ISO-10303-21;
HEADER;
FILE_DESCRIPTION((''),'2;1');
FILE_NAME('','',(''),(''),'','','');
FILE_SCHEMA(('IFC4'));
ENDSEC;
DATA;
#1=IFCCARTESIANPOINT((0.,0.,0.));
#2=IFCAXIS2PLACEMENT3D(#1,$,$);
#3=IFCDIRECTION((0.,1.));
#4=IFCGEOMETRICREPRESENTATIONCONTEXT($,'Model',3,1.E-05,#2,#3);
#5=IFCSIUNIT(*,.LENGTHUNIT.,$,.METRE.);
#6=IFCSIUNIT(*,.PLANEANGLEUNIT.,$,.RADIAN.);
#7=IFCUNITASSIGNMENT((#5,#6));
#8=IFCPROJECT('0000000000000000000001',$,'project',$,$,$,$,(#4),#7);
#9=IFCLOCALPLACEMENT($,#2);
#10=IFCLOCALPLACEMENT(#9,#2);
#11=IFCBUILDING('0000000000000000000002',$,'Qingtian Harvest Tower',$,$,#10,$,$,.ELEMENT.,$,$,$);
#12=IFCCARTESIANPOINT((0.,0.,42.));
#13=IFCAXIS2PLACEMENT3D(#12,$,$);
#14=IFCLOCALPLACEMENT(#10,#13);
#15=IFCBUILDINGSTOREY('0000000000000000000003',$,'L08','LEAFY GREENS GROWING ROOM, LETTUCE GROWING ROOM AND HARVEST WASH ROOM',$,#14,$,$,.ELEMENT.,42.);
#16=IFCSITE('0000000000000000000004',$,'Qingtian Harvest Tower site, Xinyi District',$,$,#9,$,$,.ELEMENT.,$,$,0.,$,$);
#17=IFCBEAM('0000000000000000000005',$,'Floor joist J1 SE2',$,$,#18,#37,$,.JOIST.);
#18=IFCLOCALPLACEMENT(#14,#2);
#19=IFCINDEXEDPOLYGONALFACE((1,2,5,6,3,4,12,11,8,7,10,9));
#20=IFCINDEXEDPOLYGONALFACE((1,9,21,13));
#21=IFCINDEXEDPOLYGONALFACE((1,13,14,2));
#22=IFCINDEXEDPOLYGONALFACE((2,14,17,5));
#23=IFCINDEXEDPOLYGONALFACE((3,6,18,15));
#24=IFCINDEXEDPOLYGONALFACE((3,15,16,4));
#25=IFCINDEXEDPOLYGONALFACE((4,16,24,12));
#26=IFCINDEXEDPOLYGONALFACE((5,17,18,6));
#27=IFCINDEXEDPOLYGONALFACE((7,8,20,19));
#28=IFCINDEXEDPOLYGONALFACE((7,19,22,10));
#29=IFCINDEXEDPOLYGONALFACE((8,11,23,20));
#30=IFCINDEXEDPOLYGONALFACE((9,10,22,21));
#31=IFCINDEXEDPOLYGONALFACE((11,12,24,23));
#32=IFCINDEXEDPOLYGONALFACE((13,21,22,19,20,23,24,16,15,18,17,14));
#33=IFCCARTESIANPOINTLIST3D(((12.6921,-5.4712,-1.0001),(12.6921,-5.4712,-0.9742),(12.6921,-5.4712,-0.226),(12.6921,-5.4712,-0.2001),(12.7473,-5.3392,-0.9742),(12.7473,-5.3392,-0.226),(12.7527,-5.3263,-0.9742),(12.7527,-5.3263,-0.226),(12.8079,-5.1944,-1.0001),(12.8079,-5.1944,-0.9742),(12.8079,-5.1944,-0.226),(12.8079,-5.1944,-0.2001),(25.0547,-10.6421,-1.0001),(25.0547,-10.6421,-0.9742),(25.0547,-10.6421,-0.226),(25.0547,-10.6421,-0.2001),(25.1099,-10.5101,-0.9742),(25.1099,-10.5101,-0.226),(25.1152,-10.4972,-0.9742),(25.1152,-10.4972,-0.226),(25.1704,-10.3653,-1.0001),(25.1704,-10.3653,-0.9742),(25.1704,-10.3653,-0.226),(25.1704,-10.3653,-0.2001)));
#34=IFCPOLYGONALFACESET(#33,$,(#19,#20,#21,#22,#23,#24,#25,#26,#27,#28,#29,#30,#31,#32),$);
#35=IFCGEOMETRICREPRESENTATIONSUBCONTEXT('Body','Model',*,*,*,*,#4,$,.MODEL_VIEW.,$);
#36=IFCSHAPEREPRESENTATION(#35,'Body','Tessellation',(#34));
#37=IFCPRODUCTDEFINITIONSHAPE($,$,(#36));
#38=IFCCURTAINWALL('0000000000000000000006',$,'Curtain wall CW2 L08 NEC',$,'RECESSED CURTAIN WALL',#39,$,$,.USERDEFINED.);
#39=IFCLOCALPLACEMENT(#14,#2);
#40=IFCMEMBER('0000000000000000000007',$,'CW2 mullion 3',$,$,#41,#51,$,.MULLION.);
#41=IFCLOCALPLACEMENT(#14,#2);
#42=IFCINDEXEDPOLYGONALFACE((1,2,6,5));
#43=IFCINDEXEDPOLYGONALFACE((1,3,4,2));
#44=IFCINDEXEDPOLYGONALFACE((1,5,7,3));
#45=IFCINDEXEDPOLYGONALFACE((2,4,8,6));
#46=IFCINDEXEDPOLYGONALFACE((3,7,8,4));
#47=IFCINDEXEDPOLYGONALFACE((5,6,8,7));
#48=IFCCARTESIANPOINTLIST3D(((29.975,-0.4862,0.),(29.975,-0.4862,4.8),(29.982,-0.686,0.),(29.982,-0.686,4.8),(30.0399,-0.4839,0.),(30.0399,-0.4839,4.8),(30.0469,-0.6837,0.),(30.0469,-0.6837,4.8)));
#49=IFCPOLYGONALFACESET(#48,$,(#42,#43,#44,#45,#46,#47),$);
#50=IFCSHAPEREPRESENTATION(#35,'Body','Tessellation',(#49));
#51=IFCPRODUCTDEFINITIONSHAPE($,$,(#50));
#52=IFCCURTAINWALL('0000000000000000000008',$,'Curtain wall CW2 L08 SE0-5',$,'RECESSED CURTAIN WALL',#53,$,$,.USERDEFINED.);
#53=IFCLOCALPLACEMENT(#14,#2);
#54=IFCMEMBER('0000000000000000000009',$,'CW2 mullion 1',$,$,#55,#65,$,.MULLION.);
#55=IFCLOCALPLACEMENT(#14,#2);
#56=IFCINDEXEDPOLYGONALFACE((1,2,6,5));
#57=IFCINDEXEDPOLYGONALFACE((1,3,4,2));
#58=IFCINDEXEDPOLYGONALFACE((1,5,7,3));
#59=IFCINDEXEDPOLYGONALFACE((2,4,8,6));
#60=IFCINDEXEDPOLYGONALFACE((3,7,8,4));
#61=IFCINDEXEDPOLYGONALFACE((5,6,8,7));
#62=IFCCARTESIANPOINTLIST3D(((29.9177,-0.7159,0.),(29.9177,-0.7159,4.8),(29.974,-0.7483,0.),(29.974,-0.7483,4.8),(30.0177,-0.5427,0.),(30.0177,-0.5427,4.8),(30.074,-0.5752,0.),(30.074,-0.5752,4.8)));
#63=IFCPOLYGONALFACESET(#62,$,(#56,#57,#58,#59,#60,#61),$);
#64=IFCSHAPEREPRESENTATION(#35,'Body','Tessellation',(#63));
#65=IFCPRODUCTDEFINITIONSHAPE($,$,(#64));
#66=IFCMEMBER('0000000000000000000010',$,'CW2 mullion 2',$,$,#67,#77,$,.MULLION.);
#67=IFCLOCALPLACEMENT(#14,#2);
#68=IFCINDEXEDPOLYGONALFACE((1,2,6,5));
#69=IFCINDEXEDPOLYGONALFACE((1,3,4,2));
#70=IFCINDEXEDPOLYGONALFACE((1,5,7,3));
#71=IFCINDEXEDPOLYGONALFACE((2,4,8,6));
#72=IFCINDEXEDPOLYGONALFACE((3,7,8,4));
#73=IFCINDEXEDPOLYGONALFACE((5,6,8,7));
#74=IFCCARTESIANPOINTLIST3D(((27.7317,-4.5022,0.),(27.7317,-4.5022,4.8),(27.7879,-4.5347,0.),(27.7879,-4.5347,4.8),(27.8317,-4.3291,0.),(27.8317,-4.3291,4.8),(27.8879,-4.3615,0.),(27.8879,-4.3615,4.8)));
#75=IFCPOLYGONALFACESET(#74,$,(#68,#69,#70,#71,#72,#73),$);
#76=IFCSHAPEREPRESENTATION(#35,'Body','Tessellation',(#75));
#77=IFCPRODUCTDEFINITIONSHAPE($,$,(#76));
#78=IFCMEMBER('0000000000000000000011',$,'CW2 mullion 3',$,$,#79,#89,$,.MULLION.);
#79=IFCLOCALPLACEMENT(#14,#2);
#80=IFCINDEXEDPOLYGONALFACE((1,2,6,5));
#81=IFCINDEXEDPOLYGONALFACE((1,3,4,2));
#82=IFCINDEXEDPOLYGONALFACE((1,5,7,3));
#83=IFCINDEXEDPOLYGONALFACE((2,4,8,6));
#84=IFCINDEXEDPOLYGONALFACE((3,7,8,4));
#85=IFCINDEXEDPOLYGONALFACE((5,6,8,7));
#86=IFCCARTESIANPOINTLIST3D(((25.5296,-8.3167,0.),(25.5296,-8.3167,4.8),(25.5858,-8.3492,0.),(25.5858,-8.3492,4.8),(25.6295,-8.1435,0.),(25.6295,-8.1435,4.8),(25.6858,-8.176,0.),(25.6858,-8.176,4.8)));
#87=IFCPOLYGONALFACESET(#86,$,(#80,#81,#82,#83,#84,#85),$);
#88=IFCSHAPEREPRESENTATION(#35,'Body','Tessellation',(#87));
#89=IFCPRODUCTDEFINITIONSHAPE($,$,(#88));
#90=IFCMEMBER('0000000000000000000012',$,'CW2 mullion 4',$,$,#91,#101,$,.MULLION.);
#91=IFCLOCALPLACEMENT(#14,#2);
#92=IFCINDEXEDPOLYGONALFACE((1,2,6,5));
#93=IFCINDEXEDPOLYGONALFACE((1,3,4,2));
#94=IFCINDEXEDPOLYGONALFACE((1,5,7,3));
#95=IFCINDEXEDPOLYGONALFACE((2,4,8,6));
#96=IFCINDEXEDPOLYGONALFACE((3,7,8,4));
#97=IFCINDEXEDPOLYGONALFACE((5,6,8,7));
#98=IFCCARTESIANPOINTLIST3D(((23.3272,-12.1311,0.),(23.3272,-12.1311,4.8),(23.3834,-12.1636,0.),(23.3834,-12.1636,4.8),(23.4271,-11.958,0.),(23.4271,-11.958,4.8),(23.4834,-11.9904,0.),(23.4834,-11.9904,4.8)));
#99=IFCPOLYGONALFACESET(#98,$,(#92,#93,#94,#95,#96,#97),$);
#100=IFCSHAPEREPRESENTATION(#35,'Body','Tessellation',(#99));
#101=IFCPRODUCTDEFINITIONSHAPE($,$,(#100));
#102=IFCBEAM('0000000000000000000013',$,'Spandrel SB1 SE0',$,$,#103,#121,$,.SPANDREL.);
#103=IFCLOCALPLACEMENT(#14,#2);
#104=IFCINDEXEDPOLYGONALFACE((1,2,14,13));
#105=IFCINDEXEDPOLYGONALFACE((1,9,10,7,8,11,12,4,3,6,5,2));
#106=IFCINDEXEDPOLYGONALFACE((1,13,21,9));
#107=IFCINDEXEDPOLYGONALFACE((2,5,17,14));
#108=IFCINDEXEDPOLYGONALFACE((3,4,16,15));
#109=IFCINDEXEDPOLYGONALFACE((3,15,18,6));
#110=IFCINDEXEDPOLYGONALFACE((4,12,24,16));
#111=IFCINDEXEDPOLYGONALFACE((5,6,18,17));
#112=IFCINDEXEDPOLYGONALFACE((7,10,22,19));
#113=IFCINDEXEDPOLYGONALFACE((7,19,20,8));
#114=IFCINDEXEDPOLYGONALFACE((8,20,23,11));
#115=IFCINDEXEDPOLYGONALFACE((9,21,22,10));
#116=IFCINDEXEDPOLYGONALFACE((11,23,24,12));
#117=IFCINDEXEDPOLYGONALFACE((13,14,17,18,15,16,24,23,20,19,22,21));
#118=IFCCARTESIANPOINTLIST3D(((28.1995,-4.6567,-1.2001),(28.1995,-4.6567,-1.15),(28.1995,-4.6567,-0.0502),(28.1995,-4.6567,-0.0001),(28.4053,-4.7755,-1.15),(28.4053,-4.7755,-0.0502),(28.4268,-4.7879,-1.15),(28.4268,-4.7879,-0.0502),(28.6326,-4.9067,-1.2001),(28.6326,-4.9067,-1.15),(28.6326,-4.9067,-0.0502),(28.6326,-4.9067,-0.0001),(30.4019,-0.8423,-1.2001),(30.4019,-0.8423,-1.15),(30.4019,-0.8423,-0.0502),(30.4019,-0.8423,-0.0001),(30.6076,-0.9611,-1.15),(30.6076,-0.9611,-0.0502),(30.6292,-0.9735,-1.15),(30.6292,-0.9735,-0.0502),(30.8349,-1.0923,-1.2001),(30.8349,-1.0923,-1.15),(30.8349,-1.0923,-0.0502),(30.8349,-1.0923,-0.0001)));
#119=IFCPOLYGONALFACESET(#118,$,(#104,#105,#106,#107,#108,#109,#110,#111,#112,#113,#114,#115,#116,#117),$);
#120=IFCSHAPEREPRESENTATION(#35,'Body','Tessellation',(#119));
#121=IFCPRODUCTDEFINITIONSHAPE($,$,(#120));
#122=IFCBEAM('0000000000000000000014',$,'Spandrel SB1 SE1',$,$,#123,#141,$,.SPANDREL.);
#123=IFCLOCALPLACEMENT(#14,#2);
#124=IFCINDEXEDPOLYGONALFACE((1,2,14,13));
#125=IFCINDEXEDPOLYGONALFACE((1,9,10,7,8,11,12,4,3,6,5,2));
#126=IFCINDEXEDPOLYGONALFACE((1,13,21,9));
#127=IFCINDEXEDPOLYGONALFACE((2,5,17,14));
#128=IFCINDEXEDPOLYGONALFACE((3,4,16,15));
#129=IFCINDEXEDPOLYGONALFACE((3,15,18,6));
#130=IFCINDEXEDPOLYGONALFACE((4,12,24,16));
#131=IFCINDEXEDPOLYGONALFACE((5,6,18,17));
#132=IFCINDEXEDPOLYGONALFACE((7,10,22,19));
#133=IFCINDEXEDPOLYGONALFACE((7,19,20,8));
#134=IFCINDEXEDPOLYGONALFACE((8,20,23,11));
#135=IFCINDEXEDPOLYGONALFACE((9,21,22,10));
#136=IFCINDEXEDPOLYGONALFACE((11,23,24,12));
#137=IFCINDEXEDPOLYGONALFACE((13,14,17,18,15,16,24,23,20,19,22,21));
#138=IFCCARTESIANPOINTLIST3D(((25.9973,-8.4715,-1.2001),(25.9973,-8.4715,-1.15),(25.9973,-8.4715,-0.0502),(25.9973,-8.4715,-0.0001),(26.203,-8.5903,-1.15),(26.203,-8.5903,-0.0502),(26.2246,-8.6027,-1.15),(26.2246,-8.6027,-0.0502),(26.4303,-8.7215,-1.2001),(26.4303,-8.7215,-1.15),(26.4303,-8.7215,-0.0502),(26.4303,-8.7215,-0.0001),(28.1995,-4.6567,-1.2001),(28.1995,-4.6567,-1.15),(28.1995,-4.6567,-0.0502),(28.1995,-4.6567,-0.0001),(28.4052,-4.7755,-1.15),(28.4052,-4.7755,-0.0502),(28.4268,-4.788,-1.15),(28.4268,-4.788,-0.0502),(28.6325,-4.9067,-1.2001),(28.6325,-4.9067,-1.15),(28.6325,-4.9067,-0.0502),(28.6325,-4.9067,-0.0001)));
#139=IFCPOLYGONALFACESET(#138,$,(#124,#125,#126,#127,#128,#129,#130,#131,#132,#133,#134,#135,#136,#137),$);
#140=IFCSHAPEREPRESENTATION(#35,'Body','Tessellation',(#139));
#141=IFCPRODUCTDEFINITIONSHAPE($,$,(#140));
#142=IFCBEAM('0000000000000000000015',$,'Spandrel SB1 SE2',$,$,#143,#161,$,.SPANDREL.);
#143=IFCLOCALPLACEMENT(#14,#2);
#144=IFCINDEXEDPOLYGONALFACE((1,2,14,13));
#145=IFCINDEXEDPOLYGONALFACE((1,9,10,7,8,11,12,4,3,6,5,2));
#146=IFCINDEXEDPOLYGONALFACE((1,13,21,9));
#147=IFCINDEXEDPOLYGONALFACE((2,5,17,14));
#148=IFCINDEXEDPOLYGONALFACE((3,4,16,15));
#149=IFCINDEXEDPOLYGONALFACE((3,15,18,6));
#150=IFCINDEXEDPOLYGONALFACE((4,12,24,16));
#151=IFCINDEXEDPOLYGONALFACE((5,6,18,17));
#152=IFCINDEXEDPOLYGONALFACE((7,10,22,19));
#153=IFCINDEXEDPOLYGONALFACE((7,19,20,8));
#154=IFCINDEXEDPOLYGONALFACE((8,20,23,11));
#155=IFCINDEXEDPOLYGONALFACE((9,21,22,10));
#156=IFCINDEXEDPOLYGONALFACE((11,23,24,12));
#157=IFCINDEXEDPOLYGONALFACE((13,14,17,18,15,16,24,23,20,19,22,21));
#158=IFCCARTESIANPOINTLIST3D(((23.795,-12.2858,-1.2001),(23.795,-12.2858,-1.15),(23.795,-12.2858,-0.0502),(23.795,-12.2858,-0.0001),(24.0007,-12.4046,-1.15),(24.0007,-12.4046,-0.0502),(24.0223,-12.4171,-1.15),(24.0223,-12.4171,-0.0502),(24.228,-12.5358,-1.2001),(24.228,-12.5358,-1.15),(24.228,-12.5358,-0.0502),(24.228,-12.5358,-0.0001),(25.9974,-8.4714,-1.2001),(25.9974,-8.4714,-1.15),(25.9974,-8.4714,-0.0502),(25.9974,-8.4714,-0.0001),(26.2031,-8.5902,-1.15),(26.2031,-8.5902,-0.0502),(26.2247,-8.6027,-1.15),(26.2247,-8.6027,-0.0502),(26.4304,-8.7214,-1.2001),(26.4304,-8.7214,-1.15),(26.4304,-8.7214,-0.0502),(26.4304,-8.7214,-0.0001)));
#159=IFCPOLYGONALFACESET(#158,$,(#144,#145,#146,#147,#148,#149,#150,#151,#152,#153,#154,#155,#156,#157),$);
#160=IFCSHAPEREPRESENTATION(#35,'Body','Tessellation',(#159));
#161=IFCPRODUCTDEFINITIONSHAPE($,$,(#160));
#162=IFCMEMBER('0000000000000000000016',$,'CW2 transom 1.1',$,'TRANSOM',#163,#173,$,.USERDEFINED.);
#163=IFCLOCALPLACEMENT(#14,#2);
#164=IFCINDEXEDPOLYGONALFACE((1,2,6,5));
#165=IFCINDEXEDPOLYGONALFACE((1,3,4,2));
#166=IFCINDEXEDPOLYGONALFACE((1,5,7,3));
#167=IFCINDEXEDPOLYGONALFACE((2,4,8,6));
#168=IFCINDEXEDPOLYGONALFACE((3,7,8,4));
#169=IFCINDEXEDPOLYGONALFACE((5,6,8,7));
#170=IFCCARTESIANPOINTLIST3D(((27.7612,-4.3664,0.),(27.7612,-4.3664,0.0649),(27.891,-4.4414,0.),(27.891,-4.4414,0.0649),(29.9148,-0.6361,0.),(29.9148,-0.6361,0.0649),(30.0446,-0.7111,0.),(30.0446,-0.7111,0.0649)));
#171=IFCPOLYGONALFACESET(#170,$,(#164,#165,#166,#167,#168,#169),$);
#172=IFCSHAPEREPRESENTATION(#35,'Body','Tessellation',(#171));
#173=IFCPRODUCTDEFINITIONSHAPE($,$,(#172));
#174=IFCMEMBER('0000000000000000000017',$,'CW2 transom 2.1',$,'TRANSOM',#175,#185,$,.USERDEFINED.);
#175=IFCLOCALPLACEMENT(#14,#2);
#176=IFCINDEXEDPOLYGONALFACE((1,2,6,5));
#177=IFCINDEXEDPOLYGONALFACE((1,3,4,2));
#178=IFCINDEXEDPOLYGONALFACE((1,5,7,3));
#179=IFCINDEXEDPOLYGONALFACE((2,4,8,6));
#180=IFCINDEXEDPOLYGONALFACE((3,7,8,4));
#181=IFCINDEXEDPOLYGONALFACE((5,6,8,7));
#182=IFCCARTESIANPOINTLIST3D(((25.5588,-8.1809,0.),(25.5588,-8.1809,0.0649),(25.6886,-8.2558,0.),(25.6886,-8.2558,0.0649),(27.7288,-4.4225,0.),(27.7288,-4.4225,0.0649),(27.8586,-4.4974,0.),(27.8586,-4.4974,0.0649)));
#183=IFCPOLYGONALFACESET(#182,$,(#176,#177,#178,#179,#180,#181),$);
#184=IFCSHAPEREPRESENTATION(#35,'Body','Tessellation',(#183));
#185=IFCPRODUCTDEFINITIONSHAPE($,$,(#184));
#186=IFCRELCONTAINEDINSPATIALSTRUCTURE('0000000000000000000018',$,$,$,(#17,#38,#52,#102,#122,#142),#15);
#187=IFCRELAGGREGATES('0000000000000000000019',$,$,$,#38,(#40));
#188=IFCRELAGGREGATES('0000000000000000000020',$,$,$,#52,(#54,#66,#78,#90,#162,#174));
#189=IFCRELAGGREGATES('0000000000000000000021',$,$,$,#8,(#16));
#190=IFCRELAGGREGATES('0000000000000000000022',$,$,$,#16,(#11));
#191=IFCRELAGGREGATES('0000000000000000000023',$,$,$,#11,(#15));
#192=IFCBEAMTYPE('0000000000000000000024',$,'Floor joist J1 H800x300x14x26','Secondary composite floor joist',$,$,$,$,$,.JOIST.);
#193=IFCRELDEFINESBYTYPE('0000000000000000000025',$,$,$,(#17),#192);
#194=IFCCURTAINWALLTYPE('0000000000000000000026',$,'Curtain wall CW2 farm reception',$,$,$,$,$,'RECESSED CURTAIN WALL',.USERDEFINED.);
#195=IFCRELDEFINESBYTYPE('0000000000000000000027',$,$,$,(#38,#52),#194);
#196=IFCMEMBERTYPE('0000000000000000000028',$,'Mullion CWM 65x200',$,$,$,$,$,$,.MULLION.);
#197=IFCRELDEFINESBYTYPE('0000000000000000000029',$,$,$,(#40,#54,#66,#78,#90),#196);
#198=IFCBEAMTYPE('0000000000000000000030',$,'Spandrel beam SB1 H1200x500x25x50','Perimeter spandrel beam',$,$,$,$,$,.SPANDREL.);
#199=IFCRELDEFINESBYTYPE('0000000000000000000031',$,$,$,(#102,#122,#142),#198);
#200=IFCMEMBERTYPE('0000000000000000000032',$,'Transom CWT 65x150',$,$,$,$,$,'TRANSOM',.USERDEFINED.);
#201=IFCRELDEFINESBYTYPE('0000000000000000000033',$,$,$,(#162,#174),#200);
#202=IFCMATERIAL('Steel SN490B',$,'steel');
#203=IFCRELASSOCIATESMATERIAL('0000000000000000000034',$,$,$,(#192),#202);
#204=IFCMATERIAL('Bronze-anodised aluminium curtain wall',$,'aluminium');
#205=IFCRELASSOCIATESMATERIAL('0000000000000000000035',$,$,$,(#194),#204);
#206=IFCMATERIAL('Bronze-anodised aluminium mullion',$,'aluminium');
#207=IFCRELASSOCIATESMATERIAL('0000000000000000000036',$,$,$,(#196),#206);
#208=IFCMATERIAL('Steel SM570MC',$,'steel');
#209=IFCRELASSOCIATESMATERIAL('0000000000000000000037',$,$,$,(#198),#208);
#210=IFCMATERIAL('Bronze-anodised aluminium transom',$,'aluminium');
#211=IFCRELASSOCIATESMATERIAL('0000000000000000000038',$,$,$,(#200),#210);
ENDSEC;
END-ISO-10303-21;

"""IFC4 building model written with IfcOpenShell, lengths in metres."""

from ifc_helpers import new_model, si_unit, direction, frame, origin, origin_2d, place, context, subcontext, project, spatial, rectangle, i_section, extrude, material, material_profile, profile_set, type_object, element, aggregate, save


model = new_model("IFC4")

# Units and contexts
model_context = context("Model", 3, precision=1e-05, world=origin(), true_north=direction((0.0, 1.0)))
body_context = subcontext(model_context, "Body", "Model", "MODEL_VIEW")
ifc_project = project(units=[si_unit("LENGTHUNIT", "METRE"), si_unit("PLANEANGLEUNIT", "RADIAN")], contexts=[model_context])

# Site, building, storey
site_placement = place(None, origin())
site = spatial("IfcSite", under=ifc_project, at=site_placement, Name="Qingtian Harvest Tower site, Xinyi District", CompositionType="ELEMENT", RefElevation=0.0)
building_placement = place(site_placement, origin())
building = spatial("IfcBuilding", under=site, at=building_placement, Name="Qingtian Harvest Tower", CompositionType="ELEMENT")
storey_placement = place(building_placement, frame((0.0, 0.0, 42.0)))
storey = spatial("IfcBuildingStorey", under=building, at=storey_placement, Name="L08", Description="LEAFY GREENS GROWING ROOM, LETTUCE GROWING ROOM AND HARVEST WASH ROOM", CompositionType="ELEMENT", Elevation=42.0)

# Beam
ifc_material_1 = material(Name="Steel SN490B", Category="steel")
ifc_material_profile_1 = material_profile(ifc_material_1, i_section(OverallWidth=0.3, OverallDepth=0.8, WebThickness=0.0139, FlangeThickness=0.0259, at=origin_2d()), Name="H800x300x14x26")
ifc_profile_set_1 = profile_set([ifc_material_profile_1], Name="Steel SN490B")
beam_type_1 = type_object("IfcBeamType", Name="Floor joist J1 H800x300x14x26", Description="Secondary composite floor joist", PredefinedType="JOIST", material=ifc_profile_set_1)
beam_1_placement = place(storey_placement, frame((25.1125, -10.5037, -0.6001), z_axis=(-0.922551, 0.385876, 0.0), x_axis=(-0.385876, -0.922551, 0.0)))
element("IfcBeam", 1, at=beam_1_placement, inside=storey, type_object=beam_type_1, Name="Floor joist J1 SE2", PredefinedType="JOIST", context=body_context, shape_type="SweptSolid", body=[
    extrude(i_section(OverallWidth=0.3, OverallDepth=0.8, WebThickness=0.0139, FlangeThickness=0.0259, at=origin_2d()), origin(), (0.0, 0.0, 1.0), 13.4004),
])

# Curtain wall, member
ifc_material_2 = material(Name="Bronze-anodised aluminium curtain wall", Category="aluminium")
curtain_wall_type = type_object("IfcCurtainWallType", Name="Curtain wall CW2 farm reception", ElementType="RECESSED CURTAIN WALL", PredefinedType="USERDEFINED", material=ifc_material_2)
curtain_wall_1_placement = place(storey_placement, origin())
curtain_wall_1 = element("IfcCurtainWall", 2, at=curtain_wall_1_placement, inside=storey, type_object=curtain_wall_type, Name="Curtain wall CW2 L08 NEC", ObjectType="RECESSED CURTAIN WALL", PredefinedType="USERDEFINED")
ifc_material_3 = material(Name="Bronze-anodised aluminium mullion", Category="aluminium")
ifc_material_profile_2 = material_profile(ifc_material_3, rectangle(XDim=0.0649, YDim=0.2, at=origin_2d()), Name="AL 65x200")
ifc_profile_set_2 = profile_set([ifc_material_profile_2], Name="Bronze-anodised aluminium mullion")
member_type_1 = type_object("IfcMemberType", Name="Mullion CWM 65x200", PredefinedType="MULLION", material=ifc_profile_set_2)
member_1_placement = place(storey_placement, frame((30.011, -0.585, 0.0), z_axis=(0.0, 0.0, 1.0), x_axis=(0.999391, 0.034899, 0.0)))
member_1 = element("IfcMember", 3, at=member_1_placement, type_object=member_type_1, Name="CW2 mullion 3", PredefinedType="MULLION", context=body_context, shape_type="SweptSolid", body=[
    extrude(rectangle(XDim=0.0649, YDim=0.2, at=origin_2d()), origin(), (0.0, 0.0, 1.0), 4.8),
])
aggregate(curtain_wall_1, [member_1])

# Curtain wall, members
curtain_wall_2_placement = place(storey_placement, origin())
curtain_wall_2 = element("IfcCurtainWall", 4, at=curtain_wall_2_placement, inside=storey, type_object=curtain_wall_type, Name="Curtain wall CW2 L08 SE0-5", ObjectType="RECESSED CURTAIN WALL", PredefinedType="USERDEFINED")
member_2_placement = place(storey_placement, frame((29.9958, -0.6455, 0.0), z_axis=(0.0, 0.0, 1.0), x_axis=(0.866025, -0.5, 0.0)))
member_2 = element("IfcMember", 5, at=member_2_placement, type_object=member_type_1, Name="CW2 mullion 1", PredefinedType="MULLION", context=body_context, shape_type="SweptSolid", body=[
    extrude(rectangle(XDim=0.0649, YDim=0.2, at=origin_2d()), origin(), (0.0, 0.0, 1.0), 4.8),
])
member_3_placement = place(storey_placement, frame((27.8098, -4.4319, 0.0), z_axis=(0.0, 0.0, 1.0), x_axis=(0.866025, -0.5, 0.0)))
member_3 = element("IfcMember", 6, at=member_3_placement, type_object=member_type_1, Name="CW2 mullion 2", PredefinedType="MULLION", context=body_context, shape_type="SweptSolid", body=[
    extrude(rectangle(XDim=0.0649, YDim=0.2, at=origin_2d()), origin(), (0.0, 0.0, 1.0), 4.8),
])
member_4_placement = place(storey_placement, frame((25.6077, -8.2463, 0.0), z_axis=(0.0, 0.0, 1.0), x_axis=(0.866025, -0.5, 0.0)))
member_4 = element("IfcMember", 7, at=member_4_placement, type_object=member_type_1, Name="CW2 mullion 3", PredefinedType="MULLION", context=body_context, shape_type="SweptSolid", body=[
    extrude(rectangle(XDim=0.0649, YDim=0.2, at=origin_2d()), origin(), (0.0, 0.0, 1.0), 4.8),
])
member_5_placement = place(storey_placement, frame((23.4053, -12.0608, 0.0), z_axis=(0.0, 0.0, 1.0), x_axis=(0.866025, -0.5, 0.0)))
member_5 = element("IfcMember", 8, at=member_5_placement, type_object=member_type_1, Name="CW2 mullion 4", PredefinedType="MULLION", context=body_context, shape_type="SweptSolid", body=[
    extrude(rectangle(XDim=0.0649, YDim=0.2, at=origin_2d()), origin(), (0.0, 0.0, 1.0), 4.8),
])

# Beams
ifc_material_4 = material(Name="Steel SM570MC", Category="steel")
ifc_material_profile_3 = material_profile(ifc_material_4, i_section(OverallWidth=0.5, OverallDepth=1.2, WebThickness=0.0249, FlangeThickness=0.05, at=origin_2d()), Name="H1200x500x25x50")
ifc_profile_set_3 = profile_set([ifc_material_profile_3], Name="Steel SM570MC")
beam_type_2 = type_object("IfcBeamType", Name="Spandrel beam SB1 H1200x500x25x50", Description="Perimeter spandrel beam", PredefinedType="SPANDREL", material=ifc_profile_set_3)
beam_2_placement = place(storey_placement, frame((30.6184, -0.9673, -0.6001), z_axis=(-0.50002, -0.866014, 0.0), x_axis=(0.866014, -0.50002, 0.0)))
element("IfcBeam", 9, at=beam_2_placement, inside=storey, type_object=beam_type_2, Name="Spandrel SB1 SE0", PredefinedType="SPANDREL", context=body_context, shape_type="SweptSolid", body=[
    extrude(i_section(OverallWidth=0.5, OverallDepth=1.2, WebThickness=0.0249, FlangeThickness=0.05, at=origin_2d()), origin(), (0.0, 0.0, 1.0), 4.4045),
])
beam_3_placement = place(storey_placement, frame((28.416, -4.7817, -0.6001), z_axis=(-0.499954, -0.866052, 0.0), x_axis=(0.866052, -0.499954, 0.0)))
element("IfcBeam", 10, at=beam_3_placement, inside=storey, type_object=beam_type_2, Name="Spandrel SB1 SE1", PredefinedType="SPANDREL", context=body_context, shape_type="SweptSolid", body=[
    extrude(i_section(OverallWidth=0.5, OverallDepth=1.2, WebThickness=0.0249, FlangeThickness=0.05, at=origin_2d()), origin(), (0.0, 0.0, 1.0), 4.4048),
])
beam_4_placement = place(storey_placement, frame((26.2139, -8.5964, -0.6001), z_axis=(-0.50002, -0.866014, 0.0), x_axis=(0.866014, -0.50002, 0.0)))
element("IfcBeam", 11, at=beam_4_placement, inside=storey, type_object=beam_type_2, Name="Spandrel SB1 SE2", PredefinedType="SPANDREL", context=body_context, shape_type="SweptSolid", body=[
    extrude(i_section(OverallWidth=0.5, OverallDepth=1.2, WebThickness=0.0249, FlangeThickness=0.05, at=origin_2d()), origin(), (0.0, 0.0, 1.0), 4.4045),
])

# Members
ifc_material_5 = material(Name="Bronze-anodised aluminium transom", Category="aluminium")
ifc_material_profile_4 = material_profile(ifc_material_5, rectangle(XDim=0.1499, YDim=0.0649, at=origin_2d()), Name="AL 65x150")
ifc_profile_set_4 = profile_set([ifc_material_profile_4], Name="Bronze-anodised aluminium transom")
member_type_2 = type_object("IfcMemberType", Name="Transom CWT 65x150", ElementType="TRANSOM", PredefinedType="USERDEFINED", material=ifc_profile_set_4)
member_6_placement = place(storey_placement, frame((29.9797, -0.6736, 0.0325), z_axis=(-0.499986, -0.866034, 0.0), x_axis=(0.866034, -0.499986, 0.0)))
member_6 = element("IfcMember", 12, at=member_6_placement, type_object=member_type_2, Name="CW2 transom 1.1", ObjectType="TRANSOM", PredefinedType="USERDEFINED", context=body_context, shape_type="SweptSolid", body=[
    extrude(rectangle(XDim=0.1499, YDim=0.0649, at=origin_2d()), origin(), (0.0, 0.0, 1.0), 4.3074),
])
member_7_placement = place(storey_placement, frame((27.7937, -4.46, 0.0325), z_axis=(-0.500011, -0.866019, 0.0), x_axis=(0.866019, -0.500011, 0.0)))
member_7 = element("IfcMember", 13, at=member_7_placement, type_object=member_type_2, Name="CW2 transom 2.1", ObjectType="TRANSOM", PredefinedType="USERDEFINED", context=body_context, shape_type="SweptSolid", body=[
    extrude(rectangle(XDim=0.1499, YDim=0.0649, at=origin_2d()), origin(), (0.0, 0.0, 1.0), 4.3398),
])

aggregate(curtain_wall_2, [member_2, member_3, member_4, member_5, member_6, member_7])

save(model, "model.ifc")
